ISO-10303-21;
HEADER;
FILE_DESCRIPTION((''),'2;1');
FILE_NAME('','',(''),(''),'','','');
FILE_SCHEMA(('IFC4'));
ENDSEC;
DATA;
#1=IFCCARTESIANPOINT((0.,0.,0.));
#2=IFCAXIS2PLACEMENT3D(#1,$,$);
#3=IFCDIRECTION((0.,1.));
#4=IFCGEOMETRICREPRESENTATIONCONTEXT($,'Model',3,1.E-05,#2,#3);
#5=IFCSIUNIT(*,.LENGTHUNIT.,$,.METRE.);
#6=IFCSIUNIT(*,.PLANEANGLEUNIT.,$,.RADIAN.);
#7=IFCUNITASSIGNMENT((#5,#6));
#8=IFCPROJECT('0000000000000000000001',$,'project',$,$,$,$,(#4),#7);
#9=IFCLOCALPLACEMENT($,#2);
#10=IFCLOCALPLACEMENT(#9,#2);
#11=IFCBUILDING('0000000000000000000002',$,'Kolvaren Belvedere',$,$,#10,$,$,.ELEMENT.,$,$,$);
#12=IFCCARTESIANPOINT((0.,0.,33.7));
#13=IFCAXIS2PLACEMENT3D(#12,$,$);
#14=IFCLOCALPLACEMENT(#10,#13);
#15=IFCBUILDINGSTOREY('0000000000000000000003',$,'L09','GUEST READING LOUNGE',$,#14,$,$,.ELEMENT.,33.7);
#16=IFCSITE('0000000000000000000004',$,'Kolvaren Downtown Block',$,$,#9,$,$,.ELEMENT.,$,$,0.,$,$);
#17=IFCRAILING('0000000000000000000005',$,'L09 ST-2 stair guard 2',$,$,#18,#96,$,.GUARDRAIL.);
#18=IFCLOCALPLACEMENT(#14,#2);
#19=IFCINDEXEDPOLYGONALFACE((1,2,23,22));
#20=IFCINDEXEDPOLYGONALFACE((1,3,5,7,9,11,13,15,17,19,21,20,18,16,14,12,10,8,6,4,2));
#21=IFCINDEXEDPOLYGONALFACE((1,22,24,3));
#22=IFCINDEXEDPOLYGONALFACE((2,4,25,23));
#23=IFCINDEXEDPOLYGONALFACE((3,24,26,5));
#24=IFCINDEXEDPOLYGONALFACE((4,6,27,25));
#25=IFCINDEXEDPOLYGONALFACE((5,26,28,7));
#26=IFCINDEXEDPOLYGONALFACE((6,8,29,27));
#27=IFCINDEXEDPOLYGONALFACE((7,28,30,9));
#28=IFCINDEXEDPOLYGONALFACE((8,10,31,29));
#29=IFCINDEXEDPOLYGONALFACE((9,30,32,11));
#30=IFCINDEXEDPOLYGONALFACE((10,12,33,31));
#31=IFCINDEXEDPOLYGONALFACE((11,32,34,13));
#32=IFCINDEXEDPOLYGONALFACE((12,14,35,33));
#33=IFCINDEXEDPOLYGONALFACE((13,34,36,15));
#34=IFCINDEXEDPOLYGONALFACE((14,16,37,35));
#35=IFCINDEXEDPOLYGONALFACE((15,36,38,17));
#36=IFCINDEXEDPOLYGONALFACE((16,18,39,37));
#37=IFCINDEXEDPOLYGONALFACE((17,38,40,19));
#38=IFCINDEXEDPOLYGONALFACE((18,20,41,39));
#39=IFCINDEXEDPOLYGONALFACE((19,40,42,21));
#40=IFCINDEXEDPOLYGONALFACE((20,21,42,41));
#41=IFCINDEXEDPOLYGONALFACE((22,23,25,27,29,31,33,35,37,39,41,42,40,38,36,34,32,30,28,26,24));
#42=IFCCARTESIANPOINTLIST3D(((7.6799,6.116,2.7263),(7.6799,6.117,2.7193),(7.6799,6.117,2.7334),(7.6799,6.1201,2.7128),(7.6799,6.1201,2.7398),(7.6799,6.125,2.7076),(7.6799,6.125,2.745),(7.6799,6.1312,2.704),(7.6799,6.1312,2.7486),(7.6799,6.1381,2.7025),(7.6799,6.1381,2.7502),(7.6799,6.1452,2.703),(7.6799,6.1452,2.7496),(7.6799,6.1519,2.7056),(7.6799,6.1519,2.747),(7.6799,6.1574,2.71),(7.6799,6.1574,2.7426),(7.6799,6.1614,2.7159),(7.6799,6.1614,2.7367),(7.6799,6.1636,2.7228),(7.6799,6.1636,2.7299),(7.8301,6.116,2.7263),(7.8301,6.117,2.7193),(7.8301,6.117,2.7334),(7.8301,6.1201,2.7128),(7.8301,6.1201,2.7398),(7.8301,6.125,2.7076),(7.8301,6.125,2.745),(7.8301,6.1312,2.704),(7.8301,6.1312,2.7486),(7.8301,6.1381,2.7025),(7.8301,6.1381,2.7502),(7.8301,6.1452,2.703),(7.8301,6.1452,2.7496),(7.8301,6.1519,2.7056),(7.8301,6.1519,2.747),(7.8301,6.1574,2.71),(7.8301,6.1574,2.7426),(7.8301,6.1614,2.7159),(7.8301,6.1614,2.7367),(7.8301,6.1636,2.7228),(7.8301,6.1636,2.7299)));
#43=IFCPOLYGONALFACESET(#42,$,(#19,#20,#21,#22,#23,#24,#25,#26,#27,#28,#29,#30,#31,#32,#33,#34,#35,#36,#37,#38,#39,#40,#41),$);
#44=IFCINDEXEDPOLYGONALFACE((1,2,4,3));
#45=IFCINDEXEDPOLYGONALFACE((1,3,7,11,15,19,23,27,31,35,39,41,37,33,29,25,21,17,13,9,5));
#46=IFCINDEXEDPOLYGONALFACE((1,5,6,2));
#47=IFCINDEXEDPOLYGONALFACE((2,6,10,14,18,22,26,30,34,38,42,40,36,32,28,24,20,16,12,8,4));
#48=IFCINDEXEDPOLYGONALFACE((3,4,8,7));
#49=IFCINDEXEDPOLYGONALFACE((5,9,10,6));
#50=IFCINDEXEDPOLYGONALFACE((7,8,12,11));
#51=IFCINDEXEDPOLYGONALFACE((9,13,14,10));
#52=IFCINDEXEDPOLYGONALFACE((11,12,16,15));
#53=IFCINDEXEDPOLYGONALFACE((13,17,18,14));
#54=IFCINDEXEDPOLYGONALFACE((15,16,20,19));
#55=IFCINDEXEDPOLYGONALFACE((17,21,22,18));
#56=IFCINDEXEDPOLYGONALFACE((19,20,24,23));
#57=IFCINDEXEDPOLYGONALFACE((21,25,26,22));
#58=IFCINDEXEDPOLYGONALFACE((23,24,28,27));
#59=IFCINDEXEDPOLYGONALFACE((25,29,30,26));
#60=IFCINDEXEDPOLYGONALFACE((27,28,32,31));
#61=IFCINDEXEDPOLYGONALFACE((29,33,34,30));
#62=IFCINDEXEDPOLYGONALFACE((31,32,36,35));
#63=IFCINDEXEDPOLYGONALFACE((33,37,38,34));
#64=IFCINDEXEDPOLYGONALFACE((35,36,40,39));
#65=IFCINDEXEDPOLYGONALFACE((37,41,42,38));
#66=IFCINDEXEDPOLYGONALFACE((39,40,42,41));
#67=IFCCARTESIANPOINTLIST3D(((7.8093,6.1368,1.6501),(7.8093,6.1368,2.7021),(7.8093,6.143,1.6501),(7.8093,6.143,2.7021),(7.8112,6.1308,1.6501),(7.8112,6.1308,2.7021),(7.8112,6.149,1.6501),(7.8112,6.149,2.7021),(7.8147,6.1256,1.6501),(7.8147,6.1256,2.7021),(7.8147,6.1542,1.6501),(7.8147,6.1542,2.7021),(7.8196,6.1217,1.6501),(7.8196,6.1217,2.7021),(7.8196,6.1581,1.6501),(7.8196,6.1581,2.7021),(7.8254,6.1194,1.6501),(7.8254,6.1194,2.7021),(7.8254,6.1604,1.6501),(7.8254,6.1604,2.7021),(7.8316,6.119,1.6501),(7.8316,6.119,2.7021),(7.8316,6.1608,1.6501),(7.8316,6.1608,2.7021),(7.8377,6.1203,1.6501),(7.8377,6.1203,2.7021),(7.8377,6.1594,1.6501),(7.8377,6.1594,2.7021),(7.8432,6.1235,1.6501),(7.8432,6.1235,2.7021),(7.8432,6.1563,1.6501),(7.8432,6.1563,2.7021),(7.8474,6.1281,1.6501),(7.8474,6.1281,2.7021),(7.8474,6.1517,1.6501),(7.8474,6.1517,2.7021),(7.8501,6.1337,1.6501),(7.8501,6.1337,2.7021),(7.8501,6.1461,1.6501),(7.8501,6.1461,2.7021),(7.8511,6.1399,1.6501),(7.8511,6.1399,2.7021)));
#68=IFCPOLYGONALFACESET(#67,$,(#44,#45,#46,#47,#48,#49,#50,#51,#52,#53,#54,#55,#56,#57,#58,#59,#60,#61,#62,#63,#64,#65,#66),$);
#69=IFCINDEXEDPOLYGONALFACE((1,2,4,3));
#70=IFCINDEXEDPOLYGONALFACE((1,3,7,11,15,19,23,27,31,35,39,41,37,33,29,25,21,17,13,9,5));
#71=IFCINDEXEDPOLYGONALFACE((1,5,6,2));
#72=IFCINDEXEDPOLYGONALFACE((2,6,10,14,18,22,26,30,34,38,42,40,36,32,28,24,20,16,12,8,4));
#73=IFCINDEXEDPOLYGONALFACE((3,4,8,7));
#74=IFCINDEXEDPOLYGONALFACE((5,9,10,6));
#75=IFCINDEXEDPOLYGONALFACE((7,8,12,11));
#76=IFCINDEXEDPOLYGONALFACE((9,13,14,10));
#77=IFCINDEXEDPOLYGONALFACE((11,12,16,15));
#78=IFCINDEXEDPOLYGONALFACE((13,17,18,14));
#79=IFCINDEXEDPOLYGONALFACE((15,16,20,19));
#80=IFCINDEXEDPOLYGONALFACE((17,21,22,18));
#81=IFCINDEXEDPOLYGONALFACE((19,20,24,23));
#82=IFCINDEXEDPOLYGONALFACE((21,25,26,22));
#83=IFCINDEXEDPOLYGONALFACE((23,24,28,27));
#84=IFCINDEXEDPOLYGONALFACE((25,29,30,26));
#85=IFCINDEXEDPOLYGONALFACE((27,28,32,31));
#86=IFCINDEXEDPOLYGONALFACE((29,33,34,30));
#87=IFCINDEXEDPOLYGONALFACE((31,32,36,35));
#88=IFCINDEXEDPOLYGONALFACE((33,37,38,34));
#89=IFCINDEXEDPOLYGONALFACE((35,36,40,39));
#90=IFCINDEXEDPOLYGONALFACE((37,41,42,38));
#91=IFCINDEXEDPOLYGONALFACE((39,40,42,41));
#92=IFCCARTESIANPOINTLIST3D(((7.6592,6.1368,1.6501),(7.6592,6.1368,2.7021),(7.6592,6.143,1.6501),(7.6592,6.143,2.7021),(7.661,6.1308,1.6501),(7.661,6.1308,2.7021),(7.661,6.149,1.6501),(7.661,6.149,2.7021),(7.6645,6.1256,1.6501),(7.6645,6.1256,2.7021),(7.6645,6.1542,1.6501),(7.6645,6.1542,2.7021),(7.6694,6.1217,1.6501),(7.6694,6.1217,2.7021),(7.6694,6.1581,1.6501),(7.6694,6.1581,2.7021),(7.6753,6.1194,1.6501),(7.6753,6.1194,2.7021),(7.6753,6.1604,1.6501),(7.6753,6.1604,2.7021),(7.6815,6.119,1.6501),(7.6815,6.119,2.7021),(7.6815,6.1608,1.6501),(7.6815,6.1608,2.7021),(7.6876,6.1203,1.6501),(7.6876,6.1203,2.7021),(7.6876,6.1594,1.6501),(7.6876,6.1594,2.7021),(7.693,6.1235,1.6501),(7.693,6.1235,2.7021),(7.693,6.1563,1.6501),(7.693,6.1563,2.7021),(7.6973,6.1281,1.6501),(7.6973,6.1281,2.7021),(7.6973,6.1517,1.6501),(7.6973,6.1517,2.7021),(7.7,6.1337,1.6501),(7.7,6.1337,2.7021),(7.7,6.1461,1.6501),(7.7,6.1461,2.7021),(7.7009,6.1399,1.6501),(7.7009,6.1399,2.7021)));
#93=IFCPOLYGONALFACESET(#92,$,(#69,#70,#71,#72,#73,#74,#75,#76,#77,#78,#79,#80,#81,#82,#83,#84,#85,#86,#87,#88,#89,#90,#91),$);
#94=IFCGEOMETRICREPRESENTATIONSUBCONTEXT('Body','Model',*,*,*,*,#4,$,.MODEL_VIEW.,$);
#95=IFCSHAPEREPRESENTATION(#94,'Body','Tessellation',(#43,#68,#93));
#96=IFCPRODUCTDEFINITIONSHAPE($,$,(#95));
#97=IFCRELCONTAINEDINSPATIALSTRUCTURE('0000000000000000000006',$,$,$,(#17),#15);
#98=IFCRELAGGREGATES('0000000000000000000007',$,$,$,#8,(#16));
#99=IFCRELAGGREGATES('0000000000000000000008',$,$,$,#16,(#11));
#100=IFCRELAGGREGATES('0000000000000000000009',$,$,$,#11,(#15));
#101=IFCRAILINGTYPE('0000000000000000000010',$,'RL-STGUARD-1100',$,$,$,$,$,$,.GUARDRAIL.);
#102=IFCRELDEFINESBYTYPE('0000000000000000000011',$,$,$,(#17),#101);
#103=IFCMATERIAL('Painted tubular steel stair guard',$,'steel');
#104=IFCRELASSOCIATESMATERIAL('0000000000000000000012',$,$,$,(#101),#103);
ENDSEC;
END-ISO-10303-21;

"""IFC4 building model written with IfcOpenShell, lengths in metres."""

from ifc_helpers import new_model, si_unit, direction, frame, origin, origin_2d, place, context, subcontext, project, spatial, circle, extrude, material, type_object, element, save


model = new_model("IFC4")

# Units and contexts
model_context = context("Model", 3, precision=1e-05, world=origin(), true_north=direction((0.0, 1.0)))
body_context = subcontext(model_context, "Body", "Model", "MODEL_VIEW")
ifc_project = project(units=[si_unit("LENGTHUNIT", "METRE"), si_unit("PLANEANGLEUNIT", "RADIAN")], contexts=[model_context])

# Site, building, storey
site_placement = place(None, origin())
site = spatial("IfcSite", under=ifc_project, at=site_placement, Name="Kolvaren Downtown Block", CompositionType="ELEMENT", RefElevation=0.0)
building_placement = place(site_placement, origin())
building = spatial("IfcBuilding", under=site, at=building_placement, Name="Kolvaren Belvedere", CompositionType="ELEMENT")
storey_placement = place(building_placement, frame((0.0, 0.0, 33.7)))
storey = spatial("IfcBuildingStorey", under=building, at=storey_placement, Name="L09", Description="GUEST READING LOUNGE", CompositionType="ELEMENT", Elevation=33.7)

# Railing
ifc_material_1 = material(Name="Painted tubular steel stair guard", Category="steel")
railing_type_1 = type_object("IfcRailingType", Name="RL-STGUARD-1100", PredefinedType="GUARDRAIL", material=ifc_material_1)
railing_1_placement = place(storey_placement, frame((7.8301, 6.1399, 1.6501)))
element("IfcRailing", 1, at=railing_1_placement, inside=storey, type_object=railing_type_1, Name="L09 ST-2 stair guard 2", PredefinedType="GUARDRAIL", context=body_context, shape_type="SweptSolid", body=[
    extrude(circle(Radius=0.0239, at=origin_2d()), frame((0.0, 0.0, 1.0762), z_axis=(-1.0, 0.0, 0.0), x_axis=(0.0, -1.0, 0.0)), (0.0, 0.0, 1.0), 0.1501),
    extrude(circle(Radius=0.021, at=origin_2d()), origin(), (0.0, 0.0, 1.0), 1.052),
    extrude(circle(Radius=0.021, at=origin_2d()), frame((-0.1501, 0.0, 0.0)), (0.0, 0.0, 1.0), 1.052),
])

save(model, "model.ifc")
